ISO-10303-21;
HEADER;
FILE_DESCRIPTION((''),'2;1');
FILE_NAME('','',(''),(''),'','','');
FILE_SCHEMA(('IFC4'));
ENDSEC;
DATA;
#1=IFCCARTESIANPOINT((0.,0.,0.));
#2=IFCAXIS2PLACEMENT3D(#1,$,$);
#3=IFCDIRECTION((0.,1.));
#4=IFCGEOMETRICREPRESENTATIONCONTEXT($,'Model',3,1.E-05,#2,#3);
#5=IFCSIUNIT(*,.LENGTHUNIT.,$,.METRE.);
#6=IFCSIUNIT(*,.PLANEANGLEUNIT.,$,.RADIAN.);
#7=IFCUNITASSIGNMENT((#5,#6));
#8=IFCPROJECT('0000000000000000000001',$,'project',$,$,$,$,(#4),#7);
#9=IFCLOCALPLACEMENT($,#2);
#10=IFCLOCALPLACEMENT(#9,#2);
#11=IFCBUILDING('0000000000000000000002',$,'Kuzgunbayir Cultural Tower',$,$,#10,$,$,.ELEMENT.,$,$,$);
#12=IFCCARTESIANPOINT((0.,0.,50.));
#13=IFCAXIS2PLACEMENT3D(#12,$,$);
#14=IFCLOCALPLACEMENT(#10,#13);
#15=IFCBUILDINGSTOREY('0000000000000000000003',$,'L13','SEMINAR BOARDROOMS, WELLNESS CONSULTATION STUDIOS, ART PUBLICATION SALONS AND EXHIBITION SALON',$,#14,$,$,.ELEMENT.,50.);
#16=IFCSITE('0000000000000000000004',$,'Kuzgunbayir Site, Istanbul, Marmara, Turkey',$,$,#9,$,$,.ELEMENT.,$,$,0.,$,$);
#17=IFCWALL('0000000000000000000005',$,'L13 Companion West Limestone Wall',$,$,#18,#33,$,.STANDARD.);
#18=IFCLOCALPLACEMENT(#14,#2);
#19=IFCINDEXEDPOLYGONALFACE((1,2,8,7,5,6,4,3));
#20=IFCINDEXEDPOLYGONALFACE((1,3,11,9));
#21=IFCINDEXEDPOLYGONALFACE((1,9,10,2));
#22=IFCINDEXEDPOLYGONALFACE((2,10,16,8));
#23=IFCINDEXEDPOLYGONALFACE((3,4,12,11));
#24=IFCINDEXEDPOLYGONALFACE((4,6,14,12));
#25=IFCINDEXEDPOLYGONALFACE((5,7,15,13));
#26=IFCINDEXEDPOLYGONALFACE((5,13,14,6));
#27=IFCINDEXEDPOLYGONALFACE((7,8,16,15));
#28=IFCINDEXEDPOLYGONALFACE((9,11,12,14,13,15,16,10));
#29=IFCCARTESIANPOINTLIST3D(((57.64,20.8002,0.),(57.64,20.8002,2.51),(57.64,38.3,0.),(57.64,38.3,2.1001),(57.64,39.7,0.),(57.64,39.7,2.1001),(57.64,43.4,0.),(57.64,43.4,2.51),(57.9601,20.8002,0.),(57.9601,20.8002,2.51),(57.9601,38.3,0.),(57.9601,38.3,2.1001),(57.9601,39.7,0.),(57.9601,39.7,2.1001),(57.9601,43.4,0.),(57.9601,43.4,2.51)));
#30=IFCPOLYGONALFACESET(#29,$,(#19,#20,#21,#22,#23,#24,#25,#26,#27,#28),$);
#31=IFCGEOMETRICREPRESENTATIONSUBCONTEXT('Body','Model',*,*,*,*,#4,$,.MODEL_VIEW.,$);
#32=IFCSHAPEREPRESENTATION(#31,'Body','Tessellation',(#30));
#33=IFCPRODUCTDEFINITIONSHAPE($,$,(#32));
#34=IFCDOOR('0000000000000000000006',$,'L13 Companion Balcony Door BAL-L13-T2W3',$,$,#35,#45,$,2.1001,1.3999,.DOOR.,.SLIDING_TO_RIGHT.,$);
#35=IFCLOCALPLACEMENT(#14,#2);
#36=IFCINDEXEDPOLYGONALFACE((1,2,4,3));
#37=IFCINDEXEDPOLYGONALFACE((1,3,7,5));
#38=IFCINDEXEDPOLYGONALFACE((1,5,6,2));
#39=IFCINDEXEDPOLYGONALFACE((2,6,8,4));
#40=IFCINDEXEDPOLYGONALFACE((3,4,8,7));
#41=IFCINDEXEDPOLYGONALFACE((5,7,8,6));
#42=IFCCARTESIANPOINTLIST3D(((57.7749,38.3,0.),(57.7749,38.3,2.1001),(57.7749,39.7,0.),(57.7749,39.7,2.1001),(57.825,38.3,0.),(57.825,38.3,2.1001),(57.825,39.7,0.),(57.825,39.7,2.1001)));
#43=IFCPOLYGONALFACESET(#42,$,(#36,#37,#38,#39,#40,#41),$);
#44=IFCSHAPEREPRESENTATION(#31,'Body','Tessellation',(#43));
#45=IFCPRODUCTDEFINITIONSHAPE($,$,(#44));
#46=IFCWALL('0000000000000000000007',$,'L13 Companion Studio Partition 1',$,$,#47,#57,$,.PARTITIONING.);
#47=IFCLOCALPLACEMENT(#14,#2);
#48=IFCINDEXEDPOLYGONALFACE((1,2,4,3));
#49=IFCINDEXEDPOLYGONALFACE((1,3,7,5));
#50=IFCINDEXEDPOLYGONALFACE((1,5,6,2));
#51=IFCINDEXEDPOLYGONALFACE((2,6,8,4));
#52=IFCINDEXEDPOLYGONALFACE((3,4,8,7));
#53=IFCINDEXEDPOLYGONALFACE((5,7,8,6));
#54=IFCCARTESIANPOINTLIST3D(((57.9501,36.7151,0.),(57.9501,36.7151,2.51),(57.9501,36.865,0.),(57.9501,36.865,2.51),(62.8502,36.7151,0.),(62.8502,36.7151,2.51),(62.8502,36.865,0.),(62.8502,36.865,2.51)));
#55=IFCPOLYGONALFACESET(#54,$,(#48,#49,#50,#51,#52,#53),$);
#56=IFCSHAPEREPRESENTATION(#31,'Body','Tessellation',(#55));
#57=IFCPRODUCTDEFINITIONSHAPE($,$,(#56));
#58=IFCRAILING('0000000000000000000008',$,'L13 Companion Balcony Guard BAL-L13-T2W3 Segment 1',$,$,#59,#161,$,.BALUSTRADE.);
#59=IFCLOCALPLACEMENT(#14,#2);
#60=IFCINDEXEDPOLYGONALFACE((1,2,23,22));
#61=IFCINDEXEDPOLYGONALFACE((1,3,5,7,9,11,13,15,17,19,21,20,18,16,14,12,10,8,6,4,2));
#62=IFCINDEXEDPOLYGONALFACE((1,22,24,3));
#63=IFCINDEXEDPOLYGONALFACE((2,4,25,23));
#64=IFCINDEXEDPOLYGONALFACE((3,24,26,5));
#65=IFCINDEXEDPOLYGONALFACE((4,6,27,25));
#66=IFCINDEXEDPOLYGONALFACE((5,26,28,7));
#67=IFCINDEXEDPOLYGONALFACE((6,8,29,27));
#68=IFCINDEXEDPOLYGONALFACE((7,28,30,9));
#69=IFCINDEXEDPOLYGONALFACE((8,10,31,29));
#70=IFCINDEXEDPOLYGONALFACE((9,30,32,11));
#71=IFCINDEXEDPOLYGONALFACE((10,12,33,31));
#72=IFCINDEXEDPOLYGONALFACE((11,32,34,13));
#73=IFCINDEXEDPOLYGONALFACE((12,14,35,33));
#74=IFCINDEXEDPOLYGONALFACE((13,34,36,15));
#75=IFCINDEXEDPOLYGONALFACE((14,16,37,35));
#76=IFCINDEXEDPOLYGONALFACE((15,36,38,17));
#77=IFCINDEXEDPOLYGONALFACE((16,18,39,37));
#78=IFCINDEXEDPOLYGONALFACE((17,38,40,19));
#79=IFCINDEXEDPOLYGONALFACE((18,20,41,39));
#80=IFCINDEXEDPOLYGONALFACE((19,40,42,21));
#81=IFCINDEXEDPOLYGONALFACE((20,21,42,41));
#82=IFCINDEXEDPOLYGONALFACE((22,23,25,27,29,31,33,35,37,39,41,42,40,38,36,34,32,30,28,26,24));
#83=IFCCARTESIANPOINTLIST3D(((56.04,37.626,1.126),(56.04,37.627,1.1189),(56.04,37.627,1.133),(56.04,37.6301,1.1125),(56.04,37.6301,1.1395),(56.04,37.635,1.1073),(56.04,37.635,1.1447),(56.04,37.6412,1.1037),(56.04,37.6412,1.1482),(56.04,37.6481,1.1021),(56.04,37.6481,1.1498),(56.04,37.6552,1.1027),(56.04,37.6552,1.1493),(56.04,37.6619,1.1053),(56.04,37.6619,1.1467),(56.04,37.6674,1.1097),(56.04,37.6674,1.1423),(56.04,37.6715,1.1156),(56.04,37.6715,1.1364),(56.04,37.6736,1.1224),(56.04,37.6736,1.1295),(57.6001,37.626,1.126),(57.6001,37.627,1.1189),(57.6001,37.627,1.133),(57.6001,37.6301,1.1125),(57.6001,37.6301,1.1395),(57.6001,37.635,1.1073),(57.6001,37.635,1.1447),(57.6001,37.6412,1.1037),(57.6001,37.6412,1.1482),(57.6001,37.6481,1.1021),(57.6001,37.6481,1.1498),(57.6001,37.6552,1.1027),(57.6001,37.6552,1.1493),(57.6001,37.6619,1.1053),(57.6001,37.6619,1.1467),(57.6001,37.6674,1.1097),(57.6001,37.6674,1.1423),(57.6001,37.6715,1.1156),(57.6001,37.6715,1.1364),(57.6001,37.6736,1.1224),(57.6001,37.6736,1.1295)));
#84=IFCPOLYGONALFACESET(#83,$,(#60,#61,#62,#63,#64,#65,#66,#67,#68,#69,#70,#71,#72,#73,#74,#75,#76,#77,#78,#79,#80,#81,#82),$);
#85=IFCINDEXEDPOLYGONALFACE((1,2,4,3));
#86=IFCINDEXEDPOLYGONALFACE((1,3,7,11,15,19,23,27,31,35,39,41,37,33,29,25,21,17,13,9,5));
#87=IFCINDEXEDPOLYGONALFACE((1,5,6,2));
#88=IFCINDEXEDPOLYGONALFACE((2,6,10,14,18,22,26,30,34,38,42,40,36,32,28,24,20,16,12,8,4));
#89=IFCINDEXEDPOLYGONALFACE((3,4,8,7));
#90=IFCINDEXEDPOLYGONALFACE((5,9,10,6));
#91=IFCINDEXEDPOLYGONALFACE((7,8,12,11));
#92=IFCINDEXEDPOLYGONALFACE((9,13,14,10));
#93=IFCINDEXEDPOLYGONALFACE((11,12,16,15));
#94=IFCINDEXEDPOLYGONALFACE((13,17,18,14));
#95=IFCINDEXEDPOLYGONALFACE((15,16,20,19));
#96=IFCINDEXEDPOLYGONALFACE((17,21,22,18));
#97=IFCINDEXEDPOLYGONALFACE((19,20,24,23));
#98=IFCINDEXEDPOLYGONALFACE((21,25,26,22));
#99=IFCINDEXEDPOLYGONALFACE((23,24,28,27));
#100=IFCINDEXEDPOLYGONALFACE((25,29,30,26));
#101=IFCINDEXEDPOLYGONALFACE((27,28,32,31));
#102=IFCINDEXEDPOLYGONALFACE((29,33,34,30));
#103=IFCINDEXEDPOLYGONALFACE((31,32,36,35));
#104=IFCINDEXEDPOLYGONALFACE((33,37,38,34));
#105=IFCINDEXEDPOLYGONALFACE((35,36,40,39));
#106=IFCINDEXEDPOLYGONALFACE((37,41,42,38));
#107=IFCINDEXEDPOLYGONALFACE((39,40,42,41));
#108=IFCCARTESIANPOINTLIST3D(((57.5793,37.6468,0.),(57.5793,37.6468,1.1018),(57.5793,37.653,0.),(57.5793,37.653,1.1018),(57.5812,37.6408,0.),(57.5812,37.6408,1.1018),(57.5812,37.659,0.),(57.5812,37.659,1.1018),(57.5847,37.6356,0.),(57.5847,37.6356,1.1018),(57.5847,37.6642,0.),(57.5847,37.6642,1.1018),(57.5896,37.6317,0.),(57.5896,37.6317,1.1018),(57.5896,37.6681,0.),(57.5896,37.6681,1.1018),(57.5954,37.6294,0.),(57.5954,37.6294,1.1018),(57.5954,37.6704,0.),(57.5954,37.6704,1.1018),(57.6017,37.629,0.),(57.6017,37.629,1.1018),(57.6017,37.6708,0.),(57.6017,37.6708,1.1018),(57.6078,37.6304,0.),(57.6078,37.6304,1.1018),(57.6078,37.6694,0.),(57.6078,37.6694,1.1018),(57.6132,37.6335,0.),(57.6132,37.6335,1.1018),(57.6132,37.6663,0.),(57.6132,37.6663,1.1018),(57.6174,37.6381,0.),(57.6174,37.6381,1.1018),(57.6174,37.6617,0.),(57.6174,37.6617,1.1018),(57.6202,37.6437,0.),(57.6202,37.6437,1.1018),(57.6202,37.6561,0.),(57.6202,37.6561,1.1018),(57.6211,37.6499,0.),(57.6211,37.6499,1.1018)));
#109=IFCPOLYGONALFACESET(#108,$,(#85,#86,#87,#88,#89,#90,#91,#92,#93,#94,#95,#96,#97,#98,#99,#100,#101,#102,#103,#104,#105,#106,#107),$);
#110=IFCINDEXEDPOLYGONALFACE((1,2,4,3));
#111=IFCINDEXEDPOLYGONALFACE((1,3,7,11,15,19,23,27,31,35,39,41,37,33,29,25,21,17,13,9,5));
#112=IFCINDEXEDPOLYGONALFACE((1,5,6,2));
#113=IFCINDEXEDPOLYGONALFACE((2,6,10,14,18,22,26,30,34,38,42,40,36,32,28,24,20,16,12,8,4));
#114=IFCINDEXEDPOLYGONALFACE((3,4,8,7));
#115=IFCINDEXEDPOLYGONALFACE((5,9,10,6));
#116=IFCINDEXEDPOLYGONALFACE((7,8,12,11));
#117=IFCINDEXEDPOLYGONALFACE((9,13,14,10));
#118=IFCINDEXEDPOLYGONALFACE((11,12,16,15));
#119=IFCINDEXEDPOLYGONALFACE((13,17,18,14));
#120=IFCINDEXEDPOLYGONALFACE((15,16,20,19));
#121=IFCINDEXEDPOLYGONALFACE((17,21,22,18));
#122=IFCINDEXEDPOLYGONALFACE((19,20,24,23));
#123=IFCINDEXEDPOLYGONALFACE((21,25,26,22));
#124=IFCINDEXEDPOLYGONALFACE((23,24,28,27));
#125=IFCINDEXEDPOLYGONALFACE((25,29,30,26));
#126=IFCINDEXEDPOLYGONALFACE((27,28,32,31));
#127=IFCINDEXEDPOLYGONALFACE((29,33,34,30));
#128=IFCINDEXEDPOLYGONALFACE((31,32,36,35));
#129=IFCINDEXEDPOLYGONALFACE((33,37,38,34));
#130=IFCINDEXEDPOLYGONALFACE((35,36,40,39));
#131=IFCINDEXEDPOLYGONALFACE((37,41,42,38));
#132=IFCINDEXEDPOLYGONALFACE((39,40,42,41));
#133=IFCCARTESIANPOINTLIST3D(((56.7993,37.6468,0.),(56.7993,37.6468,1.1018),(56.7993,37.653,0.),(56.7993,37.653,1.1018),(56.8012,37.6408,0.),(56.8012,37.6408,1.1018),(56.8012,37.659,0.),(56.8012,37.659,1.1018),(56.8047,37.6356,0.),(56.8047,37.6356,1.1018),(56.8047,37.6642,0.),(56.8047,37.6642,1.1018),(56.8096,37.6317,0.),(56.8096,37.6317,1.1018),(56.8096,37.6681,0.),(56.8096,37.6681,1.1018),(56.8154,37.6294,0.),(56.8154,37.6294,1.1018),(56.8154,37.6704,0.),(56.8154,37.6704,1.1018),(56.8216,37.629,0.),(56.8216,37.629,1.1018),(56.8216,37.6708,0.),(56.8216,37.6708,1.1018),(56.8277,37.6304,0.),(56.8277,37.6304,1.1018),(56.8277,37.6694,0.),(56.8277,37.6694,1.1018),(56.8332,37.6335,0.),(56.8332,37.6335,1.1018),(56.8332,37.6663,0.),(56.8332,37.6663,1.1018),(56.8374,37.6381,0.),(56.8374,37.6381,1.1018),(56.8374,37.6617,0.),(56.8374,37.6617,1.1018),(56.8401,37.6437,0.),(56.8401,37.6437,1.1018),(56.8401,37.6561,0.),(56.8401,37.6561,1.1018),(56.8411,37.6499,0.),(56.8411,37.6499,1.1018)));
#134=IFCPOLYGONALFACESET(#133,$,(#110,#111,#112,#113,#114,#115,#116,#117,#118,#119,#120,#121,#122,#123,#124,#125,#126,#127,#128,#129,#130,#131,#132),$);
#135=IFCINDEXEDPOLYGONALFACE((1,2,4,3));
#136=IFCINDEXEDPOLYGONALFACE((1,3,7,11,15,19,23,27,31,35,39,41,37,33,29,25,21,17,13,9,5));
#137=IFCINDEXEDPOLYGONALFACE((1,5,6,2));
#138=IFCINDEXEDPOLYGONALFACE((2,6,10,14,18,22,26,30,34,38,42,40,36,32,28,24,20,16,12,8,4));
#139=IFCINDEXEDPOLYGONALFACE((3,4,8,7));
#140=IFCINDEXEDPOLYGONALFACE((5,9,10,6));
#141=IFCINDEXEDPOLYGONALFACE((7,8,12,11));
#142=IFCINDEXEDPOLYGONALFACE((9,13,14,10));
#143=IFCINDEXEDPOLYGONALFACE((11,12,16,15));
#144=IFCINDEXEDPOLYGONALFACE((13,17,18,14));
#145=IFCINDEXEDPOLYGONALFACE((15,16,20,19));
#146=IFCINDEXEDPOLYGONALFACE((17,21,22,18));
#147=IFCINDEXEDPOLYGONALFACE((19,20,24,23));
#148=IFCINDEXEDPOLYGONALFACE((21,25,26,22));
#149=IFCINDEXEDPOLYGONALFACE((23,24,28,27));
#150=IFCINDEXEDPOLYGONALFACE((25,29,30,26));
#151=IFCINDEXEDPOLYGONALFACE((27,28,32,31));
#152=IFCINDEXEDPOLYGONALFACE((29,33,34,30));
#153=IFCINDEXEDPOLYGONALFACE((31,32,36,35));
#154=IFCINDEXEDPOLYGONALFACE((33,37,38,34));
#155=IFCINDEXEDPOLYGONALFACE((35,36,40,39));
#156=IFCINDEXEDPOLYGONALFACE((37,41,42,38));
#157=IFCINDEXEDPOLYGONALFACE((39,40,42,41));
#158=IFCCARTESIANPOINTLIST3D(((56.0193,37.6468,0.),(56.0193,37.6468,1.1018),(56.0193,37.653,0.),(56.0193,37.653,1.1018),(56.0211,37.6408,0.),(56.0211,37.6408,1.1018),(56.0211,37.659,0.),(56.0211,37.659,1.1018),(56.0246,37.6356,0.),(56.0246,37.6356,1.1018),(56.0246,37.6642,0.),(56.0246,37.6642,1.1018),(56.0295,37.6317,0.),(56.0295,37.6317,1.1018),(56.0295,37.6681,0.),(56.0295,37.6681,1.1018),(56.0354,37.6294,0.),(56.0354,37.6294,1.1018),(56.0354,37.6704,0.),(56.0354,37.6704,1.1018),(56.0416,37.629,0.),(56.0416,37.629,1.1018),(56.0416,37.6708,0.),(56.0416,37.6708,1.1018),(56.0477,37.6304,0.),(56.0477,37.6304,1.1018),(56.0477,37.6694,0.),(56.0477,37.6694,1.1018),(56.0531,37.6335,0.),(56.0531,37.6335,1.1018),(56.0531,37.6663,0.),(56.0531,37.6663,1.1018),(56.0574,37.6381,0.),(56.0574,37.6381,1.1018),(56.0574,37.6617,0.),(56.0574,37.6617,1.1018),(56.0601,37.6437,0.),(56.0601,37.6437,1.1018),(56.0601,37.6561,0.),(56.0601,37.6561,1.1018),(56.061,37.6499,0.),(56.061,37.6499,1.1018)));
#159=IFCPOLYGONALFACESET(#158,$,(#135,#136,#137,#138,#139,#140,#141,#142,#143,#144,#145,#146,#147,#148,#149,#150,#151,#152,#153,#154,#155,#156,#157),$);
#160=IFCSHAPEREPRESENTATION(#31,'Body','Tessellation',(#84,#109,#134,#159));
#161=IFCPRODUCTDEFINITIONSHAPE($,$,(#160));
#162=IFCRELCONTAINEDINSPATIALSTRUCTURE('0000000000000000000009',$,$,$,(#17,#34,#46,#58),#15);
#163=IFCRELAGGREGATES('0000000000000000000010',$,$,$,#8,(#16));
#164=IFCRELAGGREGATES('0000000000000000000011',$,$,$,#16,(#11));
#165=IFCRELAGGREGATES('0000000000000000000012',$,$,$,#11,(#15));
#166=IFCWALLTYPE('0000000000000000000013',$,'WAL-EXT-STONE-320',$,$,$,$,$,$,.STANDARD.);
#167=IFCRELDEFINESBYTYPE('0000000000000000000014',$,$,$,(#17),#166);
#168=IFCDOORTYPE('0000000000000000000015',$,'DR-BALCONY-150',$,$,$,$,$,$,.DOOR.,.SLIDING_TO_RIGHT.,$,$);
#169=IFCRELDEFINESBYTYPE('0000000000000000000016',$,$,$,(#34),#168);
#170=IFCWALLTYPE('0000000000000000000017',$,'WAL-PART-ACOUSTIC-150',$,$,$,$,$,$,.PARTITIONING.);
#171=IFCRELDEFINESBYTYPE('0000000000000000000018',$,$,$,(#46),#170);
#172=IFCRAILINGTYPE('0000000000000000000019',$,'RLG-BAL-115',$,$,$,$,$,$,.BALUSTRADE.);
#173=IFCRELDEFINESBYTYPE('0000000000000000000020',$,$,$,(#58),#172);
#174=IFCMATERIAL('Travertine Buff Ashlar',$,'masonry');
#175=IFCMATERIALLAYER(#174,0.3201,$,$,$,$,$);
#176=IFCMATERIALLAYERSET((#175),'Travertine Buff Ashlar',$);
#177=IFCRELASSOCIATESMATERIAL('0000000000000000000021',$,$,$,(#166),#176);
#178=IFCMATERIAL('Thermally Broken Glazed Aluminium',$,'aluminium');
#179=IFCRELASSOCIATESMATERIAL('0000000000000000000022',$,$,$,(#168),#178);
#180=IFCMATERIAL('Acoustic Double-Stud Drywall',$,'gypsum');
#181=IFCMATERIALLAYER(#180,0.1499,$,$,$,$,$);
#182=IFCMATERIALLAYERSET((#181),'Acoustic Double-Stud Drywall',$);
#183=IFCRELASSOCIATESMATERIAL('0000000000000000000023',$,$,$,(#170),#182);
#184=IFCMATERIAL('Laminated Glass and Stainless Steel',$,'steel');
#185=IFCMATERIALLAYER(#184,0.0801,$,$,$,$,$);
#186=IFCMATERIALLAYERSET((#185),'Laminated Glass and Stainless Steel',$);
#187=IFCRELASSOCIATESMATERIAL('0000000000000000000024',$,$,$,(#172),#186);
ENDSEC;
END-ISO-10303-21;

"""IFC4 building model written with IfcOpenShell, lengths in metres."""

from ifc_helpers import new_model, si_unit, direction, frame, frame_2d, origin, origin_2d, place, context, subcontext, project, spatial, rectangle, circle, extrude, material, layer, layer_set, type_object, element, fill, save


model = new_model("IFC4")

# Units and contexts
model_context = context("Model", 3, precision=1e-05, world=origin(), true_north=direction((0.0, 1.0)))
body_context = subcontext(model_context, "Body", "Model", "MODEL_VIEW")
ifc_project = project(units=[si_unit("LENGTHUNIT", "METRE"), si_unit("PLANEANGLEUNIT", "RADIAN")], contexts=[model_context])

# Site, building, storey
site_placement = place(None, origin())
site = spatial("IfcSite", under=ifc_project, at=site_placement, Name="Kuzgunbayir Site, Istanbul, Marmara, Turkey", CompositionType="ELEMENT", RefElevation=0.0)
building_placement = place(site_placement, origin())
building = spatial("IfcBuilding", under=site, at=building_placement, Name="Kuzgunbayir Cultural Tower", CompositionType="ELEMENT")
storey_placement = place(building_placement, frame((0.0, 0.0, 50.0)))
storey = spatial("IfcBuildingStorey", under=building, at=storey_placement, Name="L13", Description="SEMINAR BOARDROOMS, WELLNESS CONSULTATION STUDIOS, ART PUBLICATION SALONS AND EXHIBITION SALON", CompositionType="ELEMENT", Elevation=50.0)

# Shared definitions
ifc_material_1 = material(Name="Travertine Buff Ashlar", Category="masonry")
ifc_layer_1 = layer(ifc_material_1, 0.3201)
ifc_layer_set_1 = layer_set([ifc_layer_1], Name="Travertine Buff Ashlar")
wall_type_1 = type_object("IfcWallType", Name="WAL-EXT-STONE-320", PredefinedType="STANDARD", material=ifc_layer_set_1)

# Wall, opening, door
wall_1_placement = place(storey_placement, frame((57.8, 43.3999, 0.0), z_axis=(0.0, 0.0, 1.0), x_axis=(0.0, -1.0, 0.0)))
wall_1 = element("IfcWall", 1, at=wall_1_placement, inside=storey, type_object=wall_type_1, Name="L13 Companion West Limestone Wall", PredefinedType="STANDARD", context=body_context, shape_type="SweptSolid", body=[
    extrude(rectangle(XDim=22.5999, YDim=0.3201, at=frame_2d((11.2998, 0.0))), origin(), (0.0, 0.0, 1.0), 2.51),
])
opening_placement = place(wall_1_placement, frame((3.7, 0.0, 0.0)))
opening = element("IfcOpeningElement", 2, at=opening_placement, cuts=wall_1, PredefinedType="OPENING", context=body_context, shape_type="SweptSolid", body=[
    extrude(rectangle(XDim=1.3999, YDim=2.1001, at=frame_2d((0.7, 1.05))), frame((0.0, 0.1699, 0.0), z_axis=(0.0, -1.0, 0.0), x_axis=(1.0, 0.0, 0.0)), (0.0, 0.0, 1.0), 0.3401),
])
ifc_material_2 = material(Name="Thermally Broken Glazed Aluminium", Category="aluminium")
door_type = type_object("IfcDoorType", Name="DR-BALCONY-150", OperationType="SLIDING_TO_RIGHT", PredefinedType="DOOR", material=ifc_material_2)
door_placement = place(opening_placement, origin())
door = element("IfcDoor", 3, at=door_placement, inside=storey, type_object=door_type, Name="L13 Companion Balcony Door BAL-L13-T2W3", OperationType="SLIDING_TO_RIGHT", OverallHeight=2.1001, OverallWidth=1.3999, PredefinedType="DOOR", context=body_context, shape_type="SweptSolid", body=[
    extrude(rectangle(XDim=1.3999, YDim=2.1001, at=frame_2d((0.7, 1.05))), frame((0.0, 0.0249, 0.0), z_axis=(0.0, -1.0, 0.0), x_axis=(1.0, 0.0, 0.0)), (0.0, 0.0, 1.0), 0.05),
])
fill(opening, door)

# Wall
ifc_material_3 = material(Name="Acoustic Double-Stud Drywall", Category="gypsum")
ifc_layer_2 = layer(ifc_material_3, 0.1499)
ifc_layer_set_2 = layer_set([ifc_layer_2], Name="Acoustic Double-Stud Drywall")
wall_type_2 = type_object("IfcWallType", Name="WAL-PART-ACOUSTIC-150", PredefinedType="PARTITIONING", material=ifc_layer_set_2)
wall_2_placement = place(storey_placement, frame((57.95, 36.79, 0.0), z_axis=(0.0, 0.0, 1.0), x_axis=(1.0, 0.0, 0.0)))
element("IfcWall", 4, at=wall_2_placement, inside=storey, type_object=wall_type_2, Name="L13 Companion Studio Partition 1", PredefinedType="PARTITIONING", context=body_context, shape_type="SweptSolid", body=[
    extrude(rectangle(XDim=4.9001, YDim=0.1499, at=frame_2d((2.4502, 0.0))), origin(), (0.0, 0.0, 1.0), 2.51),
])

# Railing
ifc_material_4 = material(Name="Laminated Glass and Stainless Steel", Category="steel")
ifc_layer_3 = layer(ifc_material_4, 0.0801)
ifc_layer_set_3 = layer_set([ifc_layer_3], Name="Laminated Glass and Stainless Steel")
railing_type = type_object("IfcRailingType", Name="RLG-BAL-115", PredefinedType="BALUSTRADE", material=ifc_layer_set_3)
railing_1_placement = place(storey_placement, frame((57.6001, 37.6499, 0.0)))
element("IfcRailing", 5, at=railing_1_placement, inside=storey, type_object=railing_type, Name="L13 Companion Balcony Guard BAL-L13-T2W3 Segment 1", PredefinedType="BALUSTRADE", context=body_context, shape_type="SweptSolid", body=[
    extrude(circle(Radius=0.0239, at=origin_2d()), frame((0.0, 0.0, 1.126), z_axis=(-1.0, 0.0, 0.0), x_axis=(0.0, -1.0, 0.0)), (0.0, 0.0, 1.0), 1.5601),
    extrude(circle(Radius=0.021, at=origin_2d()), origin(), (0.0, 0.0, 1.0), 1.1018),
    extrude(circle(Radius=0.021, at=origin_2d()), frame((-0.78, 0.0, 0.0)), (0.0, 0.0, 1.0), 1.1018),
    extrude(circle(Radius=0.021, at=origin_2d()), frame((-1.5601, 0.0, 0.0)), (0.0, 0.0, 1.0), 1.1018),
])

save(model, "model.ifc")
